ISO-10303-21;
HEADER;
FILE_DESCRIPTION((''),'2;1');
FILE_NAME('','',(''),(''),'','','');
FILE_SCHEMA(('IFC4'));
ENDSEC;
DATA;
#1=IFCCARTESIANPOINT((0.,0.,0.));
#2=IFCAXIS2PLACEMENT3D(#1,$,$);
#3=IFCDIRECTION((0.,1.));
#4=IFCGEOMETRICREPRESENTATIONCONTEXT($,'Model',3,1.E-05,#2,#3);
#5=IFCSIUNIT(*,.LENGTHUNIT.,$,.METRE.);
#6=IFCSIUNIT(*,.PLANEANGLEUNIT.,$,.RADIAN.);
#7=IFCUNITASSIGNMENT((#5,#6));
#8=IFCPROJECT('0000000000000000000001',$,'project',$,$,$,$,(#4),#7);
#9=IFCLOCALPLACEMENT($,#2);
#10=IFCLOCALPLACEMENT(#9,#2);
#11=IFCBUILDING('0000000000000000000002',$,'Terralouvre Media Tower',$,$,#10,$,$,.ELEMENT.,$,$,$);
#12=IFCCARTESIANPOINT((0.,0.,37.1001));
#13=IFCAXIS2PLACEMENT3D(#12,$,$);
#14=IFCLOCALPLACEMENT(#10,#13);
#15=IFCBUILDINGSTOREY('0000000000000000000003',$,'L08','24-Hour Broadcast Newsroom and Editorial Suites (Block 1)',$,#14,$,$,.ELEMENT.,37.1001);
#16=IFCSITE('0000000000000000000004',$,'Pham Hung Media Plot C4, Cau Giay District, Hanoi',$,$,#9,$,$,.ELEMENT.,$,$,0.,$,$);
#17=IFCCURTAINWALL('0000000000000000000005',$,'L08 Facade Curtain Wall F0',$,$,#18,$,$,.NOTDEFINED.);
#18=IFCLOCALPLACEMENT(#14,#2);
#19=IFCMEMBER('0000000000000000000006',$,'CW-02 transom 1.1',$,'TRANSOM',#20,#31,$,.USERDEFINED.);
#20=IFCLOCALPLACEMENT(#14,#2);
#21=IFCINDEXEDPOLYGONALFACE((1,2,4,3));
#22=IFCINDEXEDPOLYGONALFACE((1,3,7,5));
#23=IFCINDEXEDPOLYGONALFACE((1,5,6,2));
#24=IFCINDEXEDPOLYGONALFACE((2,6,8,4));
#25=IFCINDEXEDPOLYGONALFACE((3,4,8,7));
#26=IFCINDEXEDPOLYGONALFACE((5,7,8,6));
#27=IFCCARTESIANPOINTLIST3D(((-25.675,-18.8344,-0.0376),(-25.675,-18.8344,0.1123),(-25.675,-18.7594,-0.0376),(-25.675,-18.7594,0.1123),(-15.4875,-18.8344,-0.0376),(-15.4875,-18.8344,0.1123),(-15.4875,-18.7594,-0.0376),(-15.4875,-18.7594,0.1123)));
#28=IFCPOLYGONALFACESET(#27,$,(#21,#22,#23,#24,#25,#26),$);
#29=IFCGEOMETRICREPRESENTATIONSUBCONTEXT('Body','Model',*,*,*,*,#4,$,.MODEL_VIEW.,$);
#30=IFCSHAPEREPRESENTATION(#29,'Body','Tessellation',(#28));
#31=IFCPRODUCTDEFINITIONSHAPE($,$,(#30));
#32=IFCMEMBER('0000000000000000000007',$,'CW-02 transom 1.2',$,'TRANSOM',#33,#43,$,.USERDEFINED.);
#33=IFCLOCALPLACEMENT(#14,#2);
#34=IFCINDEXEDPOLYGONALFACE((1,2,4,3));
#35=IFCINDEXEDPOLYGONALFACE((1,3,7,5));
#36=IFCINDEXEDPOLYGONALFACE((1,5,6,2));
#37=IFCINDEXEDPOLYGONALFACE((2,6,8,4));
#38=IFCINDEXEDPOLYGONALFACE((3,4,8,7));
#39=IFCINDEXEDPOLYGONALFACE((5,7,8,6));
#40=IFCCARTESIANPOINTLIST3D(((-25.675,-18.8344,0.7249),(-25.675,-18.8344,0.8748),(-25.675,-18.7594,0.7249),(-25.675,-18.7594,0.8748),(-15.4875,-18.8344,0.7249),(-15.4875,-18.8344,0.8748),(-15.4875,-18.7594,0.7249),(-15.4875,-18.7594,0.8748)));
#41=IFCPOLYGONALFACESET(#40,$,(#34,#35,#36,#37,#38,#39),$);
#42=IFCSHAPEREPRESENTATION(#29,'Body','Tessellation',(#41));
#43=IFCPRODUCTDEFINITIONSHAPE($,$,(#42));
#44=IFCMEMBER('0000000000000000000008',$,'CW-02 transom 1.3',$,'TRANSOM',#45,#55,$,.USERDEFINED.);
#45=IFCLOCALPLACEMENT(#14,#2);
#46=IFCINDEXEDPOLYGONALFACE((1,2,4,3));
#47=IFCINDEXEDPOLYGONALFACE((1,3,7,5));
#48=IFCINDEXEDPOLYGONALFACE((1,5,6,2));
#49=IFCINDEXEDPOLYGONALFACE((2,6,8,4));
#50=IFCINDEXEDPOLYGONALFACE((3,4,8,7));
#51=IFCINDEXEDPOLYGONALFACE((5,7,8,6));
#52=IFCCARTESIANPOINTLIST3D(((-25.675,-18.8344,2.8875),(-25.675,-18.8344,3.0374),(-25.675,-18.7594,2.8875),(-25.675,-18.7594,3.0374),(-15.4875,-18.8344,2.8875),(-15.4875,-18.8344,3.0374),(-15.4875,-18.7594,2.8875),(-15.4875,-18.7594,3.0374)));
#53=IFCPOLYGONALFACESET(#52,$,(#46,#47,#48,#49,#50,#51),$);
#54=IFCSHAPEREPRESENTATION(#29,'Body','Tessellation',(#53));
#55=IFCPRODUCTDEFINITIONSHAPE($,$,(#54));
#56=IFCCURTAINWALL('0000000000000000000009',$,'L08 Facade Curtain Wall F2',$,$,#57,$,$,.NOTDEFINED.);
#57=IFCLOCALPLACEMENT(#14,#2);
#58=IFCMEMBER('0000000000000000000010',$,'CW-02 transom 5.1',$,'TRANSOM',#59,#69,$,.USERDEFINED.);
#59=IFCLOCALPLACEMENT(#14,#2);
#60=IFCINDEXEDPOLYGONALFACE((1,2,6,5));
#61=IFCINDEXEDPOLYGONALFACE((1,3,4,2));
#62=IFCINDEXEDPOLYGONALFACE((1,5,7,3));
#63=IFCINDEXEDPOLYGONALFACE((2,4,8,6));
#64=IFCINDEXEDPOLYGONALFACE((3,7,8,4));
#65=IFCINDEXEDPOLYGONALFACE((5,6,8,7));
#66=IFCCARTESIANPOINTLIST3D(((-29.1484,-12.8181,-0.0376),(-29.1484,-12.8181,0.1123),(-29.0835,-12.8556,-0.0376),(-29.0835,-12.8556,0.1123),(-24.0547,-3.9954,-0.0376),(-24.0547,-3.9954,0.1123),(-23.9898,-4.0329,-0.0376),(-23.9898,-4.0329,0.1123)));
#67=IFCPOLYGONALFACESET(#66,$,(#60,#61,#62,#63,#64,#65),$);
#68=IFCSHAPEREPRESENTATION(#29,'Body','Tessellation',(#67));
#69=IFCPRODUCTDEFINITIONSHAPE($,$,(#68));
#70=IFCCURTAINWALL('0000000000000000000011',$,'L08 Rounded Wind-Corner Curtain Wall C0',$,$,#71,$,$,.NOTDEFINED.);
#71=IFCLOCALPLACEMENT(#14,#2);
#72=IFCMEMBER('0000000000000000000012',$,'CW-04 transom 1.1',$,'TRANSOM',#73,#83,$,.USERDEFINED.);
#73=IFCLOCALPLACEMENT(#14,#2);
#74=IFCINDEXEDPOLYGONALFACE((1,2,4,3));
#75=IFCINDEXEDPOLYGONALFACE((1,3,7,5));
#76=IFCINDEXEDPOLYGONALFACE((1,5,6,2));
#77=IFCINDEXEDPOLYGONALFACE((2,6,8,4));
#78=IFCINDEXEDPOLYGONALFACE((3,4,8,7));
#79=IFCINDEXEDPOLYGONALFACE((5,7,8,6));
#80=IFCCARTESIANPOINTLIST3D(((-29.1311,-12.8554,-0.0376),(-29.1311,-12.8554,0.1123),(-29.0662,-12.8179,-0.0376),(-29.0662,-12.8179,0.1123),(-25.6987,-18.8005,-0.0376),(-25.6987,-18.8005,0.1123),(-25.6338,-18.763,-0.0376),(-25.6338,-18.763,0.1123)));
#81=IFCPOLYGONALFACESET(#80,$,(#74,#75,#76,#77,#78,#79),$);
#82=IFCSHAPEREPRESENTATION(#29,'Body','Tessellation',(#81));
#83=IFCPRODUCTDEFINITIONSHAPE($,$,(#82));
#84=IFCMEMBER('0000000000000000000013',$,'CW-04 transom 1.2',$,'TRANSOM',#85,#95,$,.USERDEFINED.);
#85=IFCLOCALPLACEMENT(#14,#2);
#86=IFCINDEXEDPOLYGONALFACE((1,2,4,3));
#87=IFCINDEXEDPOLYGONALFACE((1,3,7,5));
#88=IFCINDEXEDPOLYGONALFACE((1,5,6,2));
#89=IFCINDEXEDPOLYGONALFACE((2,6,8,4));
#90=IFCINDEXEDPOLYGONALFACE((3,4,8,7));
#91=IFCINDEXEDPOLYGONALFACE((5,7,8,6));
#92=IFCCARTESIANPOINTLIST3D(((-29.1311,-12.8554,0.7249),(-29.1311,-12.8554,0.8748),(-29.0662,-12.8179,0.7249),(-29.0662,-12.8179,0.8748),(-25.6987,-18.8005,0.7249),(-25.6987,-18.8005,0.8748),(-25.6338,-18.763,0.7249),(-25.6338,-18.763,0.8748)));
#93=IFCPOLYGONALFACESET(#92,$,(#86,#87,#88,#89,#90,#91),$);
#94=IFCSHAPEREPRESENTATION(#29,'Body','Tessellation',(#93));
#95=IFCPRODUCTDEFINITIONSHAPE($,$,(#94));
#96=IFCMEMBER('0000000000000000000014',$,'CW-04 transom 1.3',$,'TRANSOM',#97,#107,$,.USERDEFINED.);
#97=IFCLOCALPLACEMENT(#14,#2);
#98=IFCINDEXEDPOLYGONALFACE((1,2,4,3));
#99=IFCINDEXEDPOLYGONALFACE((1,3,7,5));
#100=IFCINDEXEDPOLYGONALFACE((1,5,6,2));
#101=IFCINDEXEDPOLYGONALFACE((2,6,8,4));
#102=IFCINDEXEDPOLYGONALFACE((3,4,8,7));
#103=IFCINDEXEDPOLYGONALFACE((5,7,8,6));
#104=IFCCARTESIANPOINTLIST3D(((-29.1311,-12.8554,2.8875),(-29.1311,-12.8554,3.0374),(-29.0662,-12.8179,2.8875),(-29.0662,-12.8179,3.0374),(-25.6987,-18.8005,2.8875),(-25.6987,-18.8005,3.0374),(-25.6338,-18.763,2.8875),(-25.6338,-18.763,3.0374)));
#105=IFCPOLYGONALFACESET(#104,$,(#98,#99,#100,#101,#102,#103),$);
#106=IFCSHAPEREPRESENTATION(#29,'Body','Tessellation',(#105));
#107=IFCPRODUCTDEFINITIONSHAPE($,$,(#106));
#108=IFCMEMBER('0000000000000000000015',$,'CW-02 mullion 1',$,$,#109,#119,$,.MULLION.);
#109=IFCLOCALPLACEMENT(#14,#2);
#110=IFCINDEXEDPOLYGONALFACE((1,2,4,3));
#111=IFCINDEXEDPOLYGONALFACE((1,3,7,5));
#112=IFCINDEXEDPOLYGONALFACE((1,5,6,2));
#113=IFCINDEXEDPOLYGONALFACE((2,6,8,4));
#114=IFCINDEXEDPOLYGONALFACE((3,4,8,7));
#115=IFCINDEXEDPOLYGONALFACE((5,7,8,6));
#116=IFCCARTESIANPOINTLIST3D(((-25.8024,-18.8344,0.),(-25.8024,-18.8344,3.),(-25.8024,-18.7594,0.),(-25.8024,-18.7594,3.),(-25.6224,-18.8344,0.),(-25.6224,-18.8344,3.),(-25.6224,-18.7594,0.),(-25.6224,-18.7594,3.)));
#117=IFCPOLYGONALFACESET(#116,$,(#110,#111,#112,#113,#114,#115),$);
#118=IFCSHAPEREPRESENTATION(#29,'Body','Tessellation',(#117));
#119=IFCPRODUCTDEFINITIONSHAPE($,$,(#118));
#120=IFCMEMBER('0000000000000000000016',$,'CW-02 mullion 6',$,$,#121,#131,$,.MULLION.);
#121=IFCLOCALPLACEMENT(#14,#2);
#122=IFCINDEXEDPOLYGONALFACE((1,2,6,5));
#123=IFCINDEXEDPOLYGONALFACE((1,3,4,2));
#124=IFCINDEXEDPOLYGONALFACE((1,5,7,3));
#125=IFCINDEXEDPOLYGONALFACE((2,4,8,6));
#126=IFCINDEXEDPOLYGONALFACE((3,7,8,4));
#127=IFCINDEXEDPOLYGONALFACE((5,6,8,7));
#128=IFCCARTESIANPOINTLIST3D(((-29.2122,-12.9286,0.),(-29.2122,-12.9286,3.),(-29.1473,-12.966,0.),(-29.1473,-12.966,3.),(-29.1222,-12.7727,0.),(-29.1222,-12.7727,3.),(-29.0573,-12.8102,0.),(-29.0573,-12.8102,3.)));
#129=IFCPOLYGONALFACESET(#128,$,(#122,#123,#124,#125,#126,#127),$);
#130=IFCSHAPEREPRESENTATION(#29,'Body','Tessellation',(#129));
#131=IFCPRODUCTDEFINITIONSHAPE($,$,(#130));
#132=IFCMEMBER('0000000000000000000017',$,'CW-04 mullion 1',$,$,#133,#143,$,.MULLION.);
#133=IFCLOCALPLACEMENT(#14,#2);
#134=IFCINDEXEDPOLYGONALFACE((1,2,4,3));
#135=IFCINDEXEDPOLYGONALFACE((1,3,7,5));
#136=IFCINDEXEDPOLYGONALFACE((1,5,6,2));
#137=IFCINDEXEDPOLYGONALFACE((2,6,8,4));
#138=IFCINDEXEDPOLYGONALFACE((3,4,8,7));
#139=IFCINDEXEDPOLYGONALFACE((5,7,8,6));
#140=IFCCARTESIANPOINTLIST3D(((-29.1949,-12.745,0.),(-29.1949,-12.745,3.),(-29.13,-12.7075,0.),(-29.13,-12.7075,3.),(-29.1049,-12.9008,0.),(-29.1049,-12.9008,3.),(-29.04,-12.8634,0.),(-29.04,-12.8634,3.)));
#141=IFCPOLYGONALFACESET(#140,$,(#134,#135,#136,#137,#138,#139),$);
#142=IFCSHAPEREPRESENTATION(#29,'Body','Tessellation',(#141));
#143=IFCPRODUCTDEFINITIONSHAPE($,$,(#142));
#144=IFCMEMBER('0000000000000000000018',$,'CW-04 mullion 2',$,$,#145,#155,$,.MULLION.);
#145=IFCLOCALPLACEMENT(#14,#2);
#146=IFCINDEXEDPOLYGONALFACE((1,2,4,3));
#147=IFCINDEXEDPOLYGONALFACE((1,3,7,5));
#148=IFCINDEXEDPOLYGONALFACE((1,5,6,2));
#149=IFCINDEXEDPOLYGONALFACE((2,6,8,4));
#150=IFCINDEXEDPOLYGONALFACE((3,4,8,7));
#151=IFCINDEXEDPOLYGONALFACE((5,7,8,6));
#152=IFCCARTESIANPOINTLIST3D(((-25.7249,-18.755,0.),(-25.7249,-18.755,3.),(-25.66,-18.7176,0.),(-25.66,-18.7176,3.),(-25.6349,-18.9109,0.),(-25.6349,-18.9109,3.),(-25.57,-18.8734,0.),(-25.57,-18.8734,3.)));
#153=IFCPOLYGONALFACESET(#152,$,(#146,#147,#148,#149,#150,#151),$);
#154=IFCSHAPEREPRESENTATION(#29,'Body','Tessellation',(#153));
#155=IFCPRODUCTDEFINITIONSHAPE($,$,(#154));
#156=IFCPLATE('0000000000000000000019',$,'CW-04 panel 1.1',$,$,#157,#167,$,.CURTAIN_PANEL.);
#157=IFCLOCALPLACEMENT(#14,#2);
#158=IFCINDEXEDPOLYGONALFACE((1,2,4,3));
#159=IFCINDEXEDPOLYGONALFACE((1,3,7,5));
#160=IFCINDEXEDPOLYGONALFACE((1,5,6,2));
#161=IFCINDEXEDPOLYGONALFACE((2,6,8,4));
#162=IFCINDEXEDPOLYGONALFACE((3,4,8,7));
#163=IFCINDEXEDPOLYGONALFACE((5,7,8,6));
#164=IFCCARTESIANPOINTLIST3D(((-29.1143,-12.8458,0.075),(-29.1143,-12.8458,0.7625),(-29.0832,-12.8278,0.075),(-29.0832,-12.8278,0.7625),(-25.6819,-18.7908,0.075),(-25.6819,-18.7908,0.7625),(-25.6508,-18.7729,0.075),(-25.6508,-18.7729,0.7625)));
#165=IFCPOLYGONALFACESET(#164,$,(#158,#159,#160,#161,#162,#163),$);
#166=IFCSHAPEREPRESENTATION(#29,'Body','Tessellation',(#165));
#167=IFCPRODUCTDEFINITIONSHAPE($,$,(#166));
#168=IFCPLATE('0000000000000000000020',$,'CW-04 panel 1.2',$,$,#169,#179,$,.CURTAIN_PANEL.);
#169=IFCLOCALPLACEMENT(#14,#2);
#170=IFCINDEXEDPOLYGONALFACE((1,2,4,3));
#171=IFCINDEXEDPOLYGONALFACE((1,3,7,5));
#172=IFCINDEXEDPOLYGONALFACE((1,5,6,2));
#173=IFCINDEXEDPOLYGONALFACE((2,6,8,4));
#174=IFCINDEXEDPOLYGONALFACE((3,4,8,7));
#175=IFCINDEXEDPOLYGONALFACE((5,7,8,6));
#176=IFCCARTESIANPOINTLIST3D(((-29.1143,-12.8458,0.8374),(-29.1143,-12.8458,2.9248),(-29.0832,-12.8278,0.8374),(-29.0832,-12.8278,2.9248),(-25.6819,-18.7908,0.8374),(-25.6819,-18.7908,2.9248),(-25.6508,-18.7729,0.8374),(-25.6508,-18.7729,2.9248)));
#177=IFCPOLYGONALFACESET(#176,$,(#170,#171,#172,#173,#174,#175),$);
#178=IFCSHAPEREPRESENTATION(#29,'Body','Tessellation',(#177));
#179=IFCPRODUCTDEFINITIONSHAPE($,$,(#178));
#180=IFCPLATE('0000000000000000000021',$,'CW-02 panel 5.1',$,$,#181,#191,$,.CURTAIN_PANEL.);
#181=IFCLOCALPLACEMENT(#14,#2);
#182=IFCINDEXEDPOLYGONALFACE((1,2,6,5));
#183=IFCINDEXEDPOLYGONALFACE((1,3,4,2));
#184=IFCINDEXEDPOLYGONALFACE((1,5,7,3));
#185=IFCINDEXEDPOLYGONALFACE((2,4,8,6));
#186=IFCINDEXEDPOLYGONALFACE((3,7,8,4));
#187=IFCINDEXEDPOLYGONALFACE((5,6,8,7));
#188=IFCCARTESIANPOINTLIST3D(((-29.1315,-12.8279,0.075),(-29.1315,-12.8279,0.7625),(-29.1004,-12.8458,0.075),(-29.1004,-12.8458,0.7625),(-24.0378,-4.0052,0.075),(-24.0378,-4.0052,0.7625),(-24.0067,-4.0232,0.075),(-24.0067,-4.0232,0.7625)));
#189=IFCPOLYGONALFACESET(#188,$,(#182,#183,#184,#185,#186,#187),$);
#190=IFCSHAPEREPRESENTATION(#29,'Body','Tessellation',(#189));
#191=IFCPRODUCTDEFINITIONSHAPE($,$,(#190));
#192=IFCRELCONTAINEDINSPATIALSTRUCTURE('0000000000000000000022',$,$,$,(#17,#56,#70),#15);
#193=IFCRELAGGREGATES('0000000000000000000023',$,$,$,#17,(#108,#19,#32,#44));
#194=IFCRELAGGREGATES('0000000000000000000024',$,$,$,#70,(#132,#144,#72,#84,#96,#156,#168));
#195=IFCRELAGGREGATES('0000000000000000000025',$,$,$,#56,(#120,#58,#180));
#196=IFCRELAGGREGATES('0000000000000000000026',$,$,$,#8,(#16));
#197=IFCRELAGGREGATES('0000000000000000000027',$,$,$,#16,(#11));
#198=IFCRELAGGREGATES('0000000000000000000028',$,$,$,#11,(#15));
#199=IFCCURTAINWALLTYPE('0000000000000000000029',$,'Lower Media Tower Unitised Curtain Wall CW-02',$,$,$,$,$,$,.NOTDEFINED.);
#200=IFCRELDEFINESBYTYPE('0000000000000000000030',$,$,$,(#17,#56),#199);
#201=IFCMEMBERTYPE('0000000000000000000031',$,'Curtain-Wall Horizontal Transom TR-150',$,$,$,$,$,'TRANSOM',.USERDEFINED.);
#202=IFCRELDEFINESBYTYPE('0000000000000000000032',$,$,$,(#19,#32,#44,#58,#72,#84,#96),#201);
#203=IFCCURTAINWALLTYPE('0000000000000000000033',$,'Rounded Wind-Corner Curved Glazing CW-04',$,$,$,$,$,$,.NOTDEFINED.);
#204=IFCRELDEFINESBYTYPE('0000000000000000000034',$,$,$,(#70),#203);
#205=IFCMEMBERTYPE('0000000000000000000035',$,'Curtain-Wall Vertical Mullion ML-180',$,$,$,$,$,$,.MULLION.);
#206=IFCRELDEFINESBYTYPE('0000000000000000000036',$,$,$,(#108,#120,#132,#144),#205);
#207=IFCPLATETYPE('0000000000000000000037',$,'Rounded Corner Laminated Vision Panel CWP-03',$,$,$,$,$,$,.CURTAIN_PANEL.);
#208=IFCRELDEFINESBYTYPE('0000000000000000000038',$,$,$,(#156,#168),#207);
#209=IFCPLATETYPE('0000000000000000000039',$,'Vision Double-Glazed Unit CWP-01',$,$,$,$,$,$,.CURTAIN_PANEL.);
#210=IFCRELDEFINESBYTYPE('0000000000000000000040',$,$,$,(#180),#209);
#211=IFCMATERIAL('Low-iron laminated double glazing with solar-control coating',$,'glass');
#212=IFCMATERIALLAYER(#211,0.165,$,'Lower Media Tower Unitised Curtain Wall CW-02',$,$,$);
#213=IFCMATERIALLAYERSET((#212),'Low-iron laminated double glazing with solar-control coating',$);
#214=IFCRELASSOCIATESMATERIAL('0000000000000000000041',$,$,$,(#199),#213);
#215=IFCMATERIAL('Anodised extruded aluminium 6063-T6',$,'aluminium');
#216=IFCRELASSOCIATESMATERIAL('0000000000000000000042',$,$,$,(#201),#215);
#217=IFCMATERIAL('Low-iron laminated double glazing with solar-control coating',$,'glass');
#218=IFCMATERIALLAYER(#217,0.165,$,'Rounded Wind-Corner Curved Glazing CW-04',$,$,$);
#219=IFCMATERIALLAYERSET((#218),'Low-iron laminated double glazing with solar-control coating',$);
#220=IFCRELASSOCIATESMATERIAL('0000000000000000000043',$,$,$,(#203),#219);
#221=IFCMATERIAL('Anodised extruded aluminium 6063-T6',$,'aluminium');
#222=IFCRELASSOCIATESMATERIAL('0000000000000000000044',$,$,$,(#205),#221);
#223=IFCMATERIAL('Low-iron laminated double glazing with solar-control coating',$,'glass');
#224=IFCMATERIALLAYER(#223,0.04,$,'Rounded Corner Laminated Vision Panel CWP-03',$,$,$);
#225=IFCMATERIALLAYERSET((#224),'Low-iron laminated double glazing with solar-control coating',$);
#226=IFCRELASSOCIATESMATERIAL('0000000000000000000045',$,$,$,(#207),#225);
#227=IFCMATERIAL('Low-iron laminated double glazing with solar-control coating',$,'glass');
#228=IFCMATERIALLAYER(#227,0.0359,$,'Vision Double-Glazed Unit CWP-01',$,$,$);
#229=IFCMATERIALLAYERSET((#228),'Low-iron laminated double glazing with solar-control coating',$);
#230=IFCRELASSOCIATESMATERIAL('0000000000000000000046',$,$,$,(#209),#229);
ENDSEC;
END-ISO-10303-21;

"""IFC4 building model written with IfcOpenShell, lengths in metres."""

from ifc_helpers import new_model, si_unit, direction, frame, origin, origin_2d, place, context, subcontext, project, spatial, rectangle, extrude, material, layer, layer_set, material_profile, profile_set, type_object, element, aggregate, save


model = new_model("IFC4")

# Units and contexts
model_context = context("Model", 3, precision=1e-05, world=origin(), true_north=direction((0.0, 1.0)))
body_context = subcontext(model_context, "Body", "Model", "MODEL_VIEW")
ifc_project = project(units=[si_unit("LENGTHUNIT", "METRE"), si_unit("PLANEANGLEUNIT", "RADIAN")], contexts=[model_context])

# Site, building, storey
site_placement = place(None, origin())
site = spatial("IfcSite", under=ifc_project, at=site_placement, Name="Pham Hung Media Plot C4, Cau Giay District, Hanoi", CompositionType="ELEMENT", RefElevation=0.0)
building_placement = place(site_placement, origin())
building = spatial("IfcBuilding", under=site, at=building_placement, Name="Terralouvre Media Tower", CompositionType="ELEMENT")
storey_placement = place(building_placement, frame((0.0, 0.0, 37.1001)))
storey = spatial("IfcBuildingStorey", under=building, at=storey_placement, Name="L08", Description="24-Hour Broadcast Newsroom and Editorial Suites (Block 1)", CompositionType="ELEMENT", Elevation=37.1001)

# Curtain wall, members
ifc_material_1 = material(Name="Low-iron laminated double glazing with solar-control coating", Category="glass")
ifc_layer_1 = layer(ifc_material_1, 0.165, Name="Lower Media Tower Unitised Curtain Wall CW-02")
ifc_layer_set_1 = layer_set([ifc_layer_1], Name="Low-iron laminated double glazing with solar-control coating")
curtain_wall_type_1 = type_object("IfcCurtainWallType", Name="Lower Media Tower Unitised Curtain Wall CW-02", PredefinedType="NOTDEFINED", material=ifc_layer_set_1)
curtain_wall_1_placement = place(storey_placement, origin())
curtain_wall_1 = element("IfcCurtainWall", 1, at=curtain_wall_1_placement, inside=storey, type_object=curtain_wall_type_1, Name="L08 Facade Curtain Wall F0", PredefinedType="NOTDEFINED")
ifc_material_2 = material(Name="Anodised extruded aluminium 6063-T6", Category="aluminium")
ifc_material_profile_1 = material_profile(ifc_material_2, rectangle(XDim=0.075, YDim=0.1499, at=origin_2d()), Name="ALU 75x150")
ifc_profile_set_1 = profile_set([ifc_material_profile_1], Name="Anodised extruded aluminium 6063-T6")
member_type_1 = type_object("IfcMemberType", Name="Curtain-Wall Horizontal Transom TR-150", ElementType="TRANSOM", PredefinedType="USERDEFINED", material=ifc_profile_set_1)
member_1_placement = place(storey_placement, frame((-25.675, -18.7969, 0.0374), z_axis=(1.0, 0.0, 0.0), x_axis=(0.0, 1.0, 0.0)))
member_1 = element("IfcMember", 2, at=member_1_placement, type_object=member_type_1, Name="CW-02 transom 1.1", ObjectType="TRANSOM", PredefinedType="USERDEFINED", context=body_context, shape_type="SweptSolid", body=[
    extrude(rectangle(XDim=0.075, YDim=0.1499, at=origin_2d()), origin(), (0.0, 0.0, 1.0), 10.1875),
])
member_2_placement = place(storey_placement, frame((-25.675, -18.7969, 0.7998), z_axis=(1.0, 0.0, 0.0), x_axis=(0.0, 1.0, 0.0)))
member_2 = element("IfcMember", 3, at=member_2_placement, type_object=member_type_1, Name="CW-02 transom 1.2", ObjectType="TRANSOM", PredefinedType="USERDEFINED", context=body_context, shape_type="SweptSolid", body=[
    extrude(rectangle(XDim=0.075, YDim=0.1499, at=origin_2d()), origin(), (0.0, 0.0, 1.0), 10.1875),
])
member_3_placement = place(storey_placement, frame((-25.675, -18.7969, 2.9624), z_axis=(1.0, 0.0, 0.0), x_axis=(0.0, 1.0, 0.0)))
member_3 = element("IfcMember", 4, at=member_3_placement, type_object=member_type_1, Name="CW-02 transom 1.3", ObjectType="TRANSOM", PredefinedType="USERDEFINED", context=body_context, shape_type="SweptSolid", body=[
    extrude(rectangle(XDim=0.075, YDim=0.1499, at=origin_2d()), origin(), (0.0, 0.0, 1.0), 10.1875),
])

# Curtain wall, member
curtain_wall_2_placement = place(storey_placement, origin())
curtain_wall_2 = element("IfcCurtainWall", 5, at=curtain_wall_2_placement, inside=storey, type_object=curtain_wall_type_1, Name="L08 Facade Curtain Wall F2", PredefinedType="NOTDEFINED")
member_4_placement = place(storey_placement, frame((-24.0222, -4.0142, 0.0374), z_axis=(-0.499995, -0.866028, 0.0), x_axis=(0.866028, -0.499995, 0.0)))
member_4 = element("IfcMember", 6, at=member_4_placement, type_object=member_type_1, Name="CW-02 transom 5.1", ObjectType="TRANSOM", PredefinedType="USERDEFINED", context=body_context, shape_type="SweptSolid", body=[
    extrude(rectangle(XDim=0.075, YDim=0.1499, at=origin_2d()), origin(), (0.0, 0.0, 1.0), 10.1875),
])

# Curtain wall, members
ifc_material_3 = material(Name="Low-iron laminated double glazing with solar-control coating", Category="glass")
ifc_layer_2 = layer(ifc_material_3, 0.165, Name="Rounded Wind-Corner Curved Glazing CW-04")
ifc_layer_set_2 = layer_set([ifc_layer_2], Name="Low-iron laminated double glazing with solar-control coating")
curtain_wall_type_2 = type_object("IfcCurtainWallType", Name="Rounded Wind-Corner Curved Glazing CW-04", PredefinedType="NOTDEFINED", material=ifc_layer_set_2)
curtain_wall_3_placement = place(storey_placement, origin())
curtain_wall_3 = element("IfcCurtainWall", 7, at=curtain_wall_3_placement, inside=storey, type_object=curtain_wall_type_2, Name="L08 Rounded Wind-Corner Curtain Wall C0", PredefinedType="NOTDEFINED")
member_5_placement = place(storey_placement, frame((-29.0986, -12.8367, 0.0374), z_axis=(0.499998, -0.866026, 0.0), x_axis=(0.866026, 0.499998, 0.0)))
member_5 = element("IfcMember", 8, at=member_5_placement, type_object=member_type_1, Name="CW-04 transom 1.1", ObjectType="TRANSOM", PredefinedType="USERDEFINED", context=body_context, shape_type="SweptSolid", body=[
    extrude(rectangle(XDim=0.075, YDim=0.1499, at=origin_2d()), origin(), (0.0, 0.0, 1.0), 6.8647),
])
member_6_placement = place(storey_placement, frame((-29.0986, -12.8367, 0.7998), z_axis=(0.499998, -0.866026, 0.0), x_axis=(0.866026, 0.499998, 0.0)))
member_6 = element("IfcMember", 9, at=member_6_placement, type_object=member_type_1, Name="CW-04 transom 1.2", ObjectType="TRANSOM", PredefinedType="USERDEFINED", context=body_context, shape_type="SweptSolid", body=[
    extrude(rectangle(XDim=0.075, YDim=0.1499, at=origin_2d()), origin(), (0.0, 0.0, 1.0), 6.8647),
])
member_7_placement = place(storey_placement, frame((-29.0986, -12.8367, 2.9624), z_axis=(0.499998, -0.866026, 0.0), x_axis=(0.866026, 0.499998, 0.0)))
member_7 = element("IfcMember", 10, at=member_7_placement, type_object=member_type_1, Name="CW-04 transom 1.3", ObjectType="TRANSOM", PredefinedType="USERDEFINED", context=body_context, shape_type="SweptSolid", body=[
    extrude(rectangle(XDim=0.075, YDim=0.1499, at=origin_2d()), origin(), (0.0, 0.0, 1.0), 6.8647),
])

# Members
ifc_material_4 = material(Name="Anodised extruded aluminium 6063-T6", Category="aluminium")
ifc_material_profile_2 = material_profile(ifc_material_4, rectangle(XDim=0.075, YDim=0.1799, at=origin_2d()), Name="ALU 75x180")
ifc_profile_set_2 = profile_set([ifc_material_profile_2], Name="Anodised extruded aluminium 6063-T6")
member_type_2 = type_object("IfcMemberType", Name="Curtain-Wall Vertical Mullion ML-180", PredefinedType="MULLION", material=ifc_profile_set_2)
member_8_placement = place(storey_placement, frame((-25.7124, -18.7969, 0.0), z_axis=(0.0, 0.0, 1.0), x_axis=(0.0, 1.0, 0.0)))
member_8 = element("IfcMember", 11, at=member_8_placement, type_object=member_type_2, Name="CW-02 mullion 1", PredefinedType="MULLION", context=body_context, shape_type="SweptSolid", body=[
    extrude(rectangle(XDim=0.075, YDim=0.1799, at=origin_2d()), origin(), (0.0, 0.0, 1.0), 3.0),
])
aggregate(curtain_wall_1, [member_8, member_1, member_2, member_3])
member_9_placement = place(storey_placement, frame((-29.1348, -12.8694, 0.0), z_axis=(0.0, 0.0, 1.0), x_axis=(0.866025, -0.5, 0.0)))
member_9 = element("IfcMember", 12, at=member_9_placement, type_object=member_type_2, Name="CW-02 mullion 6", PredefinedType="MULLION", context=body_context, shape_type="SweptSolid", body=[
    extrude(rectangle(XDim=0.075, YDim=0.1799, at=origin_2d()), origin(), (0.0, 0.0, 1.0), 3.0),
])
member_10_placement = place(storey_placement, frame((-29.1174, -12.8042, 0.0), z_axis=(0.0, 0.0, 1.0), x_axis=(0.866026, 0.5, 0.0)))
member_10 = element("IfcMember", 13, at=member_10_placement, type_object=member_type_2, Name="CW-04 mullion 1", PredefinedType="MULLION", context=body_context, shape_type="SweptSolid", body=[
    extrude(rectangle(XDim=0.075, YDim=0.1799, at=origin_2d()), origin(), (0.0, 0.0, 1.0), 3.0),
])
member_11_placement = place(storey_placement, frame((-25.6475, -18.8142, 0.0), z_axis=(0.0, 0.0, 1.0), x_axis=(0.866026, 0.5, 0.0)))
member_11 = element("IfcMember", 14, at=member_11_placement, type_object=member_type_2, Name="CW-04 mullion 2", PredefinedType="MULLION", context=body_context, shape_type="SweptSolid", body=[
    extrude(rectangle(XDim=0.075, YDim=0.1799, at=origin_2d()), origin(), (0.0, 0.0, 1.0), 3.0),
])

# Plates
ifc_material_5 = material(Name="Low-iron laminated double glazing with solar-control coating", Category="glass")
ifc_layer_3 = layer(ifc_material_5, 0.04, Name="Rounded Corner Laminated Vision Panel CWP-03")
ifc_layer_set_3 = layer_set([ifc_layer_3], Name="Low-iron laminated double glazing with solar-control coating")
plate_type_1 = type_object("IfcPlateType", Name="Rounded Corner Laminated Vision Panel CWP-03", PredefinedType="CURTAIN_PANEL", material=ifc_layer_set_3)
plate_1_placement = place(storey_placement, frame((-27.3826, -15.8093, 0.075), z_axis=(0.0, 0.0, 1.0), x_axis=(0.5, -0.866026, 0.0)))
plate_1 = element("IfcPlate", 15, at=plate_1_placement, type_object=plate_type_1, Name="CW-04 panel 1.1", PredefinedType="CURTAIN_PANEL", context=body_context, shape_type="SweptSolid", body=[
    extrude(rectangle(XDim=6.8647, YDim=0.0359, at=origin_2d()), origin(), (0.0, 0.0, 1.0), 0.6875),
])
plate_2_placement = place(storey_placement, frame((-27.3826, -15.8093, 0.8374), z_axis=(0.0, 0.0, 1.0), x_axis=(0.5, -0.866026, 0.0)))
plate_2 = element("IfcPlate", 16, at=plate_2_placement, type_object=plate_type_1, Name="CW-04 panel 1.2", PredefinedType="CURTAIN_PANEL", context=body_context, shape_type="SweptSolid", body=[
    extrude(rectangle(XDim=6.8647, YDim=0.0359, at=origin_2d()), origin(), (0.0, 0.0, 1.0), 2.0874),
])
aggregate(curtain_wall_3, [member_10, member_11, member_5, member_6, member_7, plate_1, plate_2])
ifc_material_6 = material(Name="Low-iron laminated double glazing with solar-control coating", Category="glass")
ifc_layer_4 = layer(ifc_material_6, 0.0359, Name="Vision Double-Glazed Unit CWP-01")
ifc_layer_set_4 = layer_set([ifc_layer_4], Name="Low-iron laminated double glazing with solar-control coating")
plate_type_2 = type_object("IfcPlateType", Name="Vision Double-Glazed Unit CWP-01", PredefinedType="CURTAIN_PANEL", material=ifc_layer_set_4)
plate_3_placement = place(storey_placement, frame((-26.5691, -8.4255, 0.075), z_axis=(0.0, 0.0, 1.0), x_axis=(-0.5, -0.866025, 0.0)))
plate_3 = element("IfcPlate", 17, at=plate_3_placement, type_object=plate_type_2, Name="CW-02 panel 5.1", PredefinedType="CURTAIN_PANEL", context=body_context, shape_type="SweptSolid", body=[
    extrude(rectangle(XDim=10.1875, YDim=0.0359, at=origin_2d()), origin(), (0.0, 0.0, 1.0), 0.6875),
])
aggregate(curtain_wall_2, [member_9, member_4, plate_3])

save(model, "model.ifc")
